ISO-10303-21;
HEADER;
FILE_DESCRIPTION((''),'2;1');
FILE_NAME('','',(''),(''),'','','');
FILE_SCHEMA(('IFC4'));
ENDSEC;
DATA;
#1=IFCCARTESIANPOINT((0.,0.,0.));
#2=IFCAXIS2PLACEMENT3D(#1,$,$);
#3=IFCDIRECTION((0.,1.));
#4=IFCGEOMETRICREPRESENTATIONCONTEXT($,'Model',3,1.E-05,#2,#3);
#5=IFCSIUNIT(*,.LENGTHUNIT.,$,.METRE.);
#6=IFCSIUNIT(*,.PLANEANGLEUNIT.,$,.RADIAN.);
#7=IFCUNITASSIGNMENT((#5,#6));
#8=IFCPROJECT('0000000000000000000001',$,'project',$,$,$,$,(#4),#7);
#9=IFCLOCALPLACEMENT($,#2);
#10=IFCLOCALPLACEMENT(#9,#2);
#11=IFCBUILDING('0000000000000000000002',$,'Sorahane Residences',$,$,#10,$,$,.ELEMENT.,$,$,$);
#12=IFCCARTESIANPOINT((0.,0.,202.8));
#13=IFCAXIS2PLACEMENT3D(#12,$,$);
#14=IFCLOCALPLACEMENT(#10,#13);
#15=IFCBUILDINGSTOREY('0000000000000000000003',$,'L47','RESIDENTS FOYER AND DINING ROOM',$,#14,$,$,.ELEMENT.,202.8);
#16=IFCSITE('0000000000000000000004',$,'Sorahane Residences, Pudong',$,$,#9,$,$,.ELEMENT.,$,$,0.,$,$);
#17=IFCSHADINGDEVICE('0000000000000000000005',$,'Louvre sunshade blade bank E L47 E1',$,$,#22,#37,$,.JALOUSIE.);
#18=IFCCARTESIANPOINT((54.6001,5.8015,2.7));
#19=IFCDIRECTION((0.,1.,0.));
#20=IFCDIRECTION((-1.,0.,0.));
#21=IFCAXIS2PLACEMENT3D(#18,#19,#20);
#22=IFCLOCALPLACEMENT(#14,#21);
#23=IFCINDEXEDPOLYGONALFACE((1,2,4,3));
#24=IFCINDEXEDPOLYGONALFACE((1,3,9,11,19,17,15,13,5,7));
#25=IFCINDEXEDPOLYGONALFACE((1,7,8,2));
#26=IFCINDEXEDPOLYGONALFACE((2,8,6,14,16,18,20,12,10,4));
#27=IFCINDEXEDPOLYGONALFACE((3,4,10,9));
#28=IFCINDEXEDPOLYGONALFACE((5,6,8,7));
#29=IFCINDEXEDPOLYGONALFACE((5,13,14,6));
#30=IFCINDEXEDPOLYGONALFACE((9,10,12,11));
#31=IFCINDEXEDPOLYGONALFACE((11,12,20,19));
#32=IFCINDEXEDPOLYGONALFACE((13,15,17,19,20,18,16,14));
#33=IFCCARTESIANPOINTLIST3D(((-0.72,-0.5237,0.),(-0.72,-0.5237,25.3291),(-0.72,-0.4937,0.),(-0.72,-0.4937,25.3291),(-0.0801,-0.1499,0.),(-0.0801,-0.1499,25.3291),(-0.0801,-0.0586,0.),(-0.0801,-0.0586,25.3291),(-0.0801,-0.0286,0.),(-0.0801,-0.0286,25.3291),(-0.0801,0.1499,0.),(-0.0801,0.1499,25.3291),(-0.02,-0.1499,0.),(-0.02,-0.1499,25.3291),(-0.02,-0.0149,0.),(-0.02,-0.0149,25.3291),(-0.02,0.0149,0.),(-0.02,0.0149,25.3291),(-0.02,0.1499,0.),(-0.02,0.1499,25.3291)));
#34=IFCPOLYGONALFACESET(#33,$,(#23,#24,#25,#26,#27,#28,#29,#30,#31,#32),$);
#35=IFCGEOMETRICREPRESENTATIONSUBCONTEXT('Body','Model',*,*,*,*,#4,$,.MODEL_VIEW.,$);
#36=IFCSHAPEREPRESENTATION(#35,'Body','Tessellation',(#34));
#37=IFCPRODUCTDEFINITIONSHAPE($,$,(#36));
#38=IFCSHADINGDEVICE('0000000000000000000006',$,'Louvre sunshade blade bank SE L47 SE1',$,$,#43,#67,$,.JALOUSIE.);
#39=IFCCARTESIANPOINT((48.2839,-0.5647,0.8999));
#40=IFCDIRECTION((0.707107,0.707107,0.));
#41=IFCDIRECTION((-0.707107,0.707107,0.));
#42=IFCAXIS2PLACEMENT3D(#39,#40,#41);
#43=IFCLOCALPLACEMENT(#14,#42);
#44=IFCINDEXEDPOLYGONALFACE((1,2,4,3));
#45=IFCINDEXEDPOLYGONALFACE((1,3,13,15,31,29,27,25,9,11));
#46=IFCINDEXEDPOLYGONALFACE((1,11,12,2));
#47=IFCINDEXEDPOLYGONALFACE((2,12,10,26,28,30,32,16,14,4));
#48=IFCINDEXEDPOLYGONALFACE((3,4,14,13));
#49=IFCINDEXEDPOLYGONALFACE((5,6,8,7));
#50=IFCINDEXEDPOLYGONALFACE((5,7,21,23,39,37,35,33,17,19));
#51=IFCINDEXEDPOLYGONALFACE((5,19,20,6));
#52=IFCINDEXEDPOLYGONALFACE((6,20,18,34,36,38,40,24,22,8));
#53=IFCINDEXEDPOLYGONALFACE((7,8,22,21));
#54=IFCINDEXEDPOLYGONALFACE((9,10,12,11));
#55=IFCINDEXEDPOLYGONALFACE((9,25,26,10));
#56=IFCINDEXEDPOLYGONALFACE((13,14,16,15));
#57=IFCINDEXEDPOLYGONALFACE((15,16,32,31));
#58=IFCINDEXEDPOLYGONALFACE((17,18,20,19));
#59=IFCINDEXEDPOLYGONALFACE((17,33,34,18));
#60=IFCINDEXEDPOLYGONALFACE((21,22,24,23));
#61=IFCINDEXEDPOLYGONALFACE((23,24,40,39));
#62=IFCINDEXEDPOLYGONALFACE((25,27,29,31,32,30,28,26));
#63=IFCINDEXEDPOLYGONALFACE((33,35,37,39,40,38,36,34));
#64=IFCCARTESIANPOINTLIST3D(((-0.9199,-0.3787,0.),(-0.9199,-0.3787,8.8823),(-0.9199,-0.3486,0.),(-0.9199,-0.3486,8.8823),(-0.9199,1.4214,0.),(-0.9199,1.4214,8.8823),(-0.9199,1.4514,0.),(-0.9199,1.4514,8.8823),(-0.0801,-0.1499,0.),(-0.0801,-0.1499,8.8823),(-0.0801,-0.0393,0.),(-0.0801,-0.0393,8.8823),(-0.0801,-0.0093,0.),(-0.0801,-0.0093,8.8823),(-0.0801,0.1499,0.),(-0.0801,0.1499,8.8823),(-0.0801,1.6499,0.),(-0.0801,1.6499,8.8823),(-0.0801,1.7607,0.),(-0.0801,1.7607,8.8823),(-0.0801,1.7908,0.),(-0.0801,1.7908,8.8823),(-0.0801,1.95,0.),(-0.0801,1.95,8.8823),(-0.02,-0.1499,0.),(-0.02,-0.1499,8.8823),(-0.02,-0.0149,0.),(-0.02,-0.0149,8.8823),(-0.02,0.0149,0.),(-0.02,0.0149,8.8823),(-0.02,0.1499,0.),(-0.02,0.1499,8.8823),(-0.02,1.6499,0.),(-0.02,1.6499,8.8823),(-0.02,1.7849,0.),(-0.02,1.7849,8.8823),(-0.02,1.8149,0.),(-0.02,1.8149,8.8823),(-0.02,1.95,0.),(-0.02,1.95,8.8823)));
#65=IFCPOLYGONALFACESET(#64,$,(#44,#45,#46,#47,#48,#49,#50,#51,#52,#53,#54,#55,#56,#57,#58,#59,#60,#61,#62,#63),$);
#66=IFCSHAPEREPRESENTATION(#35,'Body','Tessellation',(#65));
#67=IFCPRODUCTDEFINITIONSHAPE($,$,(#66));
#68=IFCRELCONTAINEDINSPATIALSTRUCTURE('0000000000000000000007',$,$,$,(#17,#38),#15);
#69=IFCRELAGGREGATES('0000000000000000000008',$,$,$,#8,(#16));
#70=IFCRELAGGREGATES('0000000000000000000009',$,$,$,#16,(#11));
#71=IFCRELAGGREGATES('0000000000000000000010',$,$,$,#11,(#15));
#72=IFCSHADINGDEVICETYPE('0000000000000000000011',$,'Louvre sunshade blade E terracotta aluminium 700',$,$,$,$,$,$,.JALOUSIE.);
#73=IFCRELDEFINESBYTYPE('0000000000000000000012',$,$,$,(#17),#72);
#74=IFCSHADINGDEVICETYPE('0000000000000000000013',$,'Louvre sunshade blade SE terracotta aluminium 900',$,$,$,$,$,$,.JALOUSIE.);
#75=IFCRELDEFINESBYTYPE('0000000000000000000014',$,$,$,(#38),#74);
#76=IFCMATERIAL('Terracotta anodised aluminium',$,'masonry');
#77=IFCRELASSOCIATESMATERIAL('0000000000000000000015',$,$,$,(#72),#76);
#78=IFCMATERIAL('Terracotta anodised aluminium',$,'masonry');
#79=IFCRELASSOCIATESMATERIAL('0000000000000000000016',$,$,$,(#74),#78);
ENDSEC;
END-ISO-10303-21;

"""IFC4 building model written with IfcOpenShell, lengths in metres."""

from ifc_helpers import new_model, si_unit, direction, frame, origin, place, context, subcontext, project, spatial, polyline, outline, composite_profile, extrude, material, type_object, element, save


model = new_model("IFC4")

# Units and contexts
model_context = context("Model", 3, precision=1e-05, world=origin(), true_north=direction((0.0, 1.0)))
body_context = subcontext(model_context, "Body", "Model", "MODEL_VIEW")
ifc_project = project(units=[si_unit("LENGTHUNIT", "METRE"), si_unit("PLANEANGLEUNIT", "RADIAN")], contexts=[model_context])

# Site, building, storey
site_placement = place(None, origin())
site = spatial("IfcSite", under=ifc_project, at=site_placement, Name="Sorahane Residences, Pudong", CompositionType="ELEMENT", RefElevation=0.0)
building_placement = place(site_placement, origin())
building = spatial("IfcBuilding", under=site, at=building_placement, Name="Sorahane Residences", CompositionType="ELEMENT")
storey_placement = place(building_placement, frame((0.0, 0.0, 202.8)))
storey = spatial("IfcBuildingStorey", under=building, at=storey_placement, Name="L47", Description="RESIDENTS FOYER AND DINING ROOM", CompositionType="ELEMENT", Elevation=202.8)

# Shading devices
ifc_material_1 = material(Name="Terracotta anodised aluminium", Category="masonry")
shading_device_type_1 = type_object("IfcShadingDeviceType", Name="Louvre sunshade blade E terracotta aluminium 700", PredefinedType="JALOUSIE", material=ifc_material_1)
shading_device_1_placement = place(storey_placement, frame((54.6001, 5.8015, 2.7), z_axis=(0.0, 1.0, 0.0), x_axis=(-1.0, 0.0, 0.0)))
element("IfcShadingDevice", 1, at=shading_device_1_placement, inside=storey, type_object=shading_device_type_1, Name="Louvre sunshade blade bank E L47 E1", PredefinedType="JALOUSIE", context=body_context, shape_type="SweptSolid", body=[
    extrude(outline(polyline([(-0.72, -0.4937), (-0.72, -0.5237), (-0.0801, -0.0586), (-0.0801, -0.1499), (-0.02, -0.1499), (-0.02, -0.0149), (-0.02, 0.0149), (-0.02, 0.1499), (-0.0801, 0.1499), (-0.0801, -0.0286), (-0.72, -0.4937)])), origin(), (0.0, 0.0, 1.0), 25.3291),
])
ifc_material_2 = material(Name="Terracotta anodised aluminium", Category="masonry")
shading_device_type_2 = type_object("IfcShadingDeviceType", Name="Louvre sunshade blade SE terracotta aluminium 900", PredefinedType="JALOUSIE", material=ifc_material_2)
shading_device_2_placement = place(storey_placement, frame((48.2839, -0.5647, 0.8999), z_axis=(0.707107, 0.707107, 0.0), x_axis=(-0.707107, 0.707107, 0.0)))
element("IfcShadingDevice", 2, at=shading_device_2_placement, inside=storey, type_object=shading_device_type_2, Name="Louvre sunshade blade bank SE L47 SE1", PredefinedType="JALOUSIE", context=body_context, shape_type="SweptSolid", body=[
    extrude(composite_profile([outline(polyline([(-0.9199, -0.3486), (-0.9199, -0.3787), (-0.0801, -0.0393), (-0.0801, -0.1499), (-0.02, -0.1499), (-0.02, -0.0149), (-0.02, 0.0149), (-0.02, 0.1499), (-0.0801, 0.1499), (-0.0801, -0.0093), (-0.9199, -0.3486)])), outline(polyline([(-0.9199, 1.4514), (-0.9199, 1.4214), (-0.0801, 1.7607), (-0.0801, 1.6499), (-0.02, 1.6499), (-0.02, 1.7849), (-0.02, 1.8149), (-0.02, 1.95), (-0.0801, 1.95), (-0.0801, 1.7908), (-0.9199, 1.4514)]))]), origin(), (0.0, 0.0, 1.0), 8.8823),
])

save(model, "model.ifc")
